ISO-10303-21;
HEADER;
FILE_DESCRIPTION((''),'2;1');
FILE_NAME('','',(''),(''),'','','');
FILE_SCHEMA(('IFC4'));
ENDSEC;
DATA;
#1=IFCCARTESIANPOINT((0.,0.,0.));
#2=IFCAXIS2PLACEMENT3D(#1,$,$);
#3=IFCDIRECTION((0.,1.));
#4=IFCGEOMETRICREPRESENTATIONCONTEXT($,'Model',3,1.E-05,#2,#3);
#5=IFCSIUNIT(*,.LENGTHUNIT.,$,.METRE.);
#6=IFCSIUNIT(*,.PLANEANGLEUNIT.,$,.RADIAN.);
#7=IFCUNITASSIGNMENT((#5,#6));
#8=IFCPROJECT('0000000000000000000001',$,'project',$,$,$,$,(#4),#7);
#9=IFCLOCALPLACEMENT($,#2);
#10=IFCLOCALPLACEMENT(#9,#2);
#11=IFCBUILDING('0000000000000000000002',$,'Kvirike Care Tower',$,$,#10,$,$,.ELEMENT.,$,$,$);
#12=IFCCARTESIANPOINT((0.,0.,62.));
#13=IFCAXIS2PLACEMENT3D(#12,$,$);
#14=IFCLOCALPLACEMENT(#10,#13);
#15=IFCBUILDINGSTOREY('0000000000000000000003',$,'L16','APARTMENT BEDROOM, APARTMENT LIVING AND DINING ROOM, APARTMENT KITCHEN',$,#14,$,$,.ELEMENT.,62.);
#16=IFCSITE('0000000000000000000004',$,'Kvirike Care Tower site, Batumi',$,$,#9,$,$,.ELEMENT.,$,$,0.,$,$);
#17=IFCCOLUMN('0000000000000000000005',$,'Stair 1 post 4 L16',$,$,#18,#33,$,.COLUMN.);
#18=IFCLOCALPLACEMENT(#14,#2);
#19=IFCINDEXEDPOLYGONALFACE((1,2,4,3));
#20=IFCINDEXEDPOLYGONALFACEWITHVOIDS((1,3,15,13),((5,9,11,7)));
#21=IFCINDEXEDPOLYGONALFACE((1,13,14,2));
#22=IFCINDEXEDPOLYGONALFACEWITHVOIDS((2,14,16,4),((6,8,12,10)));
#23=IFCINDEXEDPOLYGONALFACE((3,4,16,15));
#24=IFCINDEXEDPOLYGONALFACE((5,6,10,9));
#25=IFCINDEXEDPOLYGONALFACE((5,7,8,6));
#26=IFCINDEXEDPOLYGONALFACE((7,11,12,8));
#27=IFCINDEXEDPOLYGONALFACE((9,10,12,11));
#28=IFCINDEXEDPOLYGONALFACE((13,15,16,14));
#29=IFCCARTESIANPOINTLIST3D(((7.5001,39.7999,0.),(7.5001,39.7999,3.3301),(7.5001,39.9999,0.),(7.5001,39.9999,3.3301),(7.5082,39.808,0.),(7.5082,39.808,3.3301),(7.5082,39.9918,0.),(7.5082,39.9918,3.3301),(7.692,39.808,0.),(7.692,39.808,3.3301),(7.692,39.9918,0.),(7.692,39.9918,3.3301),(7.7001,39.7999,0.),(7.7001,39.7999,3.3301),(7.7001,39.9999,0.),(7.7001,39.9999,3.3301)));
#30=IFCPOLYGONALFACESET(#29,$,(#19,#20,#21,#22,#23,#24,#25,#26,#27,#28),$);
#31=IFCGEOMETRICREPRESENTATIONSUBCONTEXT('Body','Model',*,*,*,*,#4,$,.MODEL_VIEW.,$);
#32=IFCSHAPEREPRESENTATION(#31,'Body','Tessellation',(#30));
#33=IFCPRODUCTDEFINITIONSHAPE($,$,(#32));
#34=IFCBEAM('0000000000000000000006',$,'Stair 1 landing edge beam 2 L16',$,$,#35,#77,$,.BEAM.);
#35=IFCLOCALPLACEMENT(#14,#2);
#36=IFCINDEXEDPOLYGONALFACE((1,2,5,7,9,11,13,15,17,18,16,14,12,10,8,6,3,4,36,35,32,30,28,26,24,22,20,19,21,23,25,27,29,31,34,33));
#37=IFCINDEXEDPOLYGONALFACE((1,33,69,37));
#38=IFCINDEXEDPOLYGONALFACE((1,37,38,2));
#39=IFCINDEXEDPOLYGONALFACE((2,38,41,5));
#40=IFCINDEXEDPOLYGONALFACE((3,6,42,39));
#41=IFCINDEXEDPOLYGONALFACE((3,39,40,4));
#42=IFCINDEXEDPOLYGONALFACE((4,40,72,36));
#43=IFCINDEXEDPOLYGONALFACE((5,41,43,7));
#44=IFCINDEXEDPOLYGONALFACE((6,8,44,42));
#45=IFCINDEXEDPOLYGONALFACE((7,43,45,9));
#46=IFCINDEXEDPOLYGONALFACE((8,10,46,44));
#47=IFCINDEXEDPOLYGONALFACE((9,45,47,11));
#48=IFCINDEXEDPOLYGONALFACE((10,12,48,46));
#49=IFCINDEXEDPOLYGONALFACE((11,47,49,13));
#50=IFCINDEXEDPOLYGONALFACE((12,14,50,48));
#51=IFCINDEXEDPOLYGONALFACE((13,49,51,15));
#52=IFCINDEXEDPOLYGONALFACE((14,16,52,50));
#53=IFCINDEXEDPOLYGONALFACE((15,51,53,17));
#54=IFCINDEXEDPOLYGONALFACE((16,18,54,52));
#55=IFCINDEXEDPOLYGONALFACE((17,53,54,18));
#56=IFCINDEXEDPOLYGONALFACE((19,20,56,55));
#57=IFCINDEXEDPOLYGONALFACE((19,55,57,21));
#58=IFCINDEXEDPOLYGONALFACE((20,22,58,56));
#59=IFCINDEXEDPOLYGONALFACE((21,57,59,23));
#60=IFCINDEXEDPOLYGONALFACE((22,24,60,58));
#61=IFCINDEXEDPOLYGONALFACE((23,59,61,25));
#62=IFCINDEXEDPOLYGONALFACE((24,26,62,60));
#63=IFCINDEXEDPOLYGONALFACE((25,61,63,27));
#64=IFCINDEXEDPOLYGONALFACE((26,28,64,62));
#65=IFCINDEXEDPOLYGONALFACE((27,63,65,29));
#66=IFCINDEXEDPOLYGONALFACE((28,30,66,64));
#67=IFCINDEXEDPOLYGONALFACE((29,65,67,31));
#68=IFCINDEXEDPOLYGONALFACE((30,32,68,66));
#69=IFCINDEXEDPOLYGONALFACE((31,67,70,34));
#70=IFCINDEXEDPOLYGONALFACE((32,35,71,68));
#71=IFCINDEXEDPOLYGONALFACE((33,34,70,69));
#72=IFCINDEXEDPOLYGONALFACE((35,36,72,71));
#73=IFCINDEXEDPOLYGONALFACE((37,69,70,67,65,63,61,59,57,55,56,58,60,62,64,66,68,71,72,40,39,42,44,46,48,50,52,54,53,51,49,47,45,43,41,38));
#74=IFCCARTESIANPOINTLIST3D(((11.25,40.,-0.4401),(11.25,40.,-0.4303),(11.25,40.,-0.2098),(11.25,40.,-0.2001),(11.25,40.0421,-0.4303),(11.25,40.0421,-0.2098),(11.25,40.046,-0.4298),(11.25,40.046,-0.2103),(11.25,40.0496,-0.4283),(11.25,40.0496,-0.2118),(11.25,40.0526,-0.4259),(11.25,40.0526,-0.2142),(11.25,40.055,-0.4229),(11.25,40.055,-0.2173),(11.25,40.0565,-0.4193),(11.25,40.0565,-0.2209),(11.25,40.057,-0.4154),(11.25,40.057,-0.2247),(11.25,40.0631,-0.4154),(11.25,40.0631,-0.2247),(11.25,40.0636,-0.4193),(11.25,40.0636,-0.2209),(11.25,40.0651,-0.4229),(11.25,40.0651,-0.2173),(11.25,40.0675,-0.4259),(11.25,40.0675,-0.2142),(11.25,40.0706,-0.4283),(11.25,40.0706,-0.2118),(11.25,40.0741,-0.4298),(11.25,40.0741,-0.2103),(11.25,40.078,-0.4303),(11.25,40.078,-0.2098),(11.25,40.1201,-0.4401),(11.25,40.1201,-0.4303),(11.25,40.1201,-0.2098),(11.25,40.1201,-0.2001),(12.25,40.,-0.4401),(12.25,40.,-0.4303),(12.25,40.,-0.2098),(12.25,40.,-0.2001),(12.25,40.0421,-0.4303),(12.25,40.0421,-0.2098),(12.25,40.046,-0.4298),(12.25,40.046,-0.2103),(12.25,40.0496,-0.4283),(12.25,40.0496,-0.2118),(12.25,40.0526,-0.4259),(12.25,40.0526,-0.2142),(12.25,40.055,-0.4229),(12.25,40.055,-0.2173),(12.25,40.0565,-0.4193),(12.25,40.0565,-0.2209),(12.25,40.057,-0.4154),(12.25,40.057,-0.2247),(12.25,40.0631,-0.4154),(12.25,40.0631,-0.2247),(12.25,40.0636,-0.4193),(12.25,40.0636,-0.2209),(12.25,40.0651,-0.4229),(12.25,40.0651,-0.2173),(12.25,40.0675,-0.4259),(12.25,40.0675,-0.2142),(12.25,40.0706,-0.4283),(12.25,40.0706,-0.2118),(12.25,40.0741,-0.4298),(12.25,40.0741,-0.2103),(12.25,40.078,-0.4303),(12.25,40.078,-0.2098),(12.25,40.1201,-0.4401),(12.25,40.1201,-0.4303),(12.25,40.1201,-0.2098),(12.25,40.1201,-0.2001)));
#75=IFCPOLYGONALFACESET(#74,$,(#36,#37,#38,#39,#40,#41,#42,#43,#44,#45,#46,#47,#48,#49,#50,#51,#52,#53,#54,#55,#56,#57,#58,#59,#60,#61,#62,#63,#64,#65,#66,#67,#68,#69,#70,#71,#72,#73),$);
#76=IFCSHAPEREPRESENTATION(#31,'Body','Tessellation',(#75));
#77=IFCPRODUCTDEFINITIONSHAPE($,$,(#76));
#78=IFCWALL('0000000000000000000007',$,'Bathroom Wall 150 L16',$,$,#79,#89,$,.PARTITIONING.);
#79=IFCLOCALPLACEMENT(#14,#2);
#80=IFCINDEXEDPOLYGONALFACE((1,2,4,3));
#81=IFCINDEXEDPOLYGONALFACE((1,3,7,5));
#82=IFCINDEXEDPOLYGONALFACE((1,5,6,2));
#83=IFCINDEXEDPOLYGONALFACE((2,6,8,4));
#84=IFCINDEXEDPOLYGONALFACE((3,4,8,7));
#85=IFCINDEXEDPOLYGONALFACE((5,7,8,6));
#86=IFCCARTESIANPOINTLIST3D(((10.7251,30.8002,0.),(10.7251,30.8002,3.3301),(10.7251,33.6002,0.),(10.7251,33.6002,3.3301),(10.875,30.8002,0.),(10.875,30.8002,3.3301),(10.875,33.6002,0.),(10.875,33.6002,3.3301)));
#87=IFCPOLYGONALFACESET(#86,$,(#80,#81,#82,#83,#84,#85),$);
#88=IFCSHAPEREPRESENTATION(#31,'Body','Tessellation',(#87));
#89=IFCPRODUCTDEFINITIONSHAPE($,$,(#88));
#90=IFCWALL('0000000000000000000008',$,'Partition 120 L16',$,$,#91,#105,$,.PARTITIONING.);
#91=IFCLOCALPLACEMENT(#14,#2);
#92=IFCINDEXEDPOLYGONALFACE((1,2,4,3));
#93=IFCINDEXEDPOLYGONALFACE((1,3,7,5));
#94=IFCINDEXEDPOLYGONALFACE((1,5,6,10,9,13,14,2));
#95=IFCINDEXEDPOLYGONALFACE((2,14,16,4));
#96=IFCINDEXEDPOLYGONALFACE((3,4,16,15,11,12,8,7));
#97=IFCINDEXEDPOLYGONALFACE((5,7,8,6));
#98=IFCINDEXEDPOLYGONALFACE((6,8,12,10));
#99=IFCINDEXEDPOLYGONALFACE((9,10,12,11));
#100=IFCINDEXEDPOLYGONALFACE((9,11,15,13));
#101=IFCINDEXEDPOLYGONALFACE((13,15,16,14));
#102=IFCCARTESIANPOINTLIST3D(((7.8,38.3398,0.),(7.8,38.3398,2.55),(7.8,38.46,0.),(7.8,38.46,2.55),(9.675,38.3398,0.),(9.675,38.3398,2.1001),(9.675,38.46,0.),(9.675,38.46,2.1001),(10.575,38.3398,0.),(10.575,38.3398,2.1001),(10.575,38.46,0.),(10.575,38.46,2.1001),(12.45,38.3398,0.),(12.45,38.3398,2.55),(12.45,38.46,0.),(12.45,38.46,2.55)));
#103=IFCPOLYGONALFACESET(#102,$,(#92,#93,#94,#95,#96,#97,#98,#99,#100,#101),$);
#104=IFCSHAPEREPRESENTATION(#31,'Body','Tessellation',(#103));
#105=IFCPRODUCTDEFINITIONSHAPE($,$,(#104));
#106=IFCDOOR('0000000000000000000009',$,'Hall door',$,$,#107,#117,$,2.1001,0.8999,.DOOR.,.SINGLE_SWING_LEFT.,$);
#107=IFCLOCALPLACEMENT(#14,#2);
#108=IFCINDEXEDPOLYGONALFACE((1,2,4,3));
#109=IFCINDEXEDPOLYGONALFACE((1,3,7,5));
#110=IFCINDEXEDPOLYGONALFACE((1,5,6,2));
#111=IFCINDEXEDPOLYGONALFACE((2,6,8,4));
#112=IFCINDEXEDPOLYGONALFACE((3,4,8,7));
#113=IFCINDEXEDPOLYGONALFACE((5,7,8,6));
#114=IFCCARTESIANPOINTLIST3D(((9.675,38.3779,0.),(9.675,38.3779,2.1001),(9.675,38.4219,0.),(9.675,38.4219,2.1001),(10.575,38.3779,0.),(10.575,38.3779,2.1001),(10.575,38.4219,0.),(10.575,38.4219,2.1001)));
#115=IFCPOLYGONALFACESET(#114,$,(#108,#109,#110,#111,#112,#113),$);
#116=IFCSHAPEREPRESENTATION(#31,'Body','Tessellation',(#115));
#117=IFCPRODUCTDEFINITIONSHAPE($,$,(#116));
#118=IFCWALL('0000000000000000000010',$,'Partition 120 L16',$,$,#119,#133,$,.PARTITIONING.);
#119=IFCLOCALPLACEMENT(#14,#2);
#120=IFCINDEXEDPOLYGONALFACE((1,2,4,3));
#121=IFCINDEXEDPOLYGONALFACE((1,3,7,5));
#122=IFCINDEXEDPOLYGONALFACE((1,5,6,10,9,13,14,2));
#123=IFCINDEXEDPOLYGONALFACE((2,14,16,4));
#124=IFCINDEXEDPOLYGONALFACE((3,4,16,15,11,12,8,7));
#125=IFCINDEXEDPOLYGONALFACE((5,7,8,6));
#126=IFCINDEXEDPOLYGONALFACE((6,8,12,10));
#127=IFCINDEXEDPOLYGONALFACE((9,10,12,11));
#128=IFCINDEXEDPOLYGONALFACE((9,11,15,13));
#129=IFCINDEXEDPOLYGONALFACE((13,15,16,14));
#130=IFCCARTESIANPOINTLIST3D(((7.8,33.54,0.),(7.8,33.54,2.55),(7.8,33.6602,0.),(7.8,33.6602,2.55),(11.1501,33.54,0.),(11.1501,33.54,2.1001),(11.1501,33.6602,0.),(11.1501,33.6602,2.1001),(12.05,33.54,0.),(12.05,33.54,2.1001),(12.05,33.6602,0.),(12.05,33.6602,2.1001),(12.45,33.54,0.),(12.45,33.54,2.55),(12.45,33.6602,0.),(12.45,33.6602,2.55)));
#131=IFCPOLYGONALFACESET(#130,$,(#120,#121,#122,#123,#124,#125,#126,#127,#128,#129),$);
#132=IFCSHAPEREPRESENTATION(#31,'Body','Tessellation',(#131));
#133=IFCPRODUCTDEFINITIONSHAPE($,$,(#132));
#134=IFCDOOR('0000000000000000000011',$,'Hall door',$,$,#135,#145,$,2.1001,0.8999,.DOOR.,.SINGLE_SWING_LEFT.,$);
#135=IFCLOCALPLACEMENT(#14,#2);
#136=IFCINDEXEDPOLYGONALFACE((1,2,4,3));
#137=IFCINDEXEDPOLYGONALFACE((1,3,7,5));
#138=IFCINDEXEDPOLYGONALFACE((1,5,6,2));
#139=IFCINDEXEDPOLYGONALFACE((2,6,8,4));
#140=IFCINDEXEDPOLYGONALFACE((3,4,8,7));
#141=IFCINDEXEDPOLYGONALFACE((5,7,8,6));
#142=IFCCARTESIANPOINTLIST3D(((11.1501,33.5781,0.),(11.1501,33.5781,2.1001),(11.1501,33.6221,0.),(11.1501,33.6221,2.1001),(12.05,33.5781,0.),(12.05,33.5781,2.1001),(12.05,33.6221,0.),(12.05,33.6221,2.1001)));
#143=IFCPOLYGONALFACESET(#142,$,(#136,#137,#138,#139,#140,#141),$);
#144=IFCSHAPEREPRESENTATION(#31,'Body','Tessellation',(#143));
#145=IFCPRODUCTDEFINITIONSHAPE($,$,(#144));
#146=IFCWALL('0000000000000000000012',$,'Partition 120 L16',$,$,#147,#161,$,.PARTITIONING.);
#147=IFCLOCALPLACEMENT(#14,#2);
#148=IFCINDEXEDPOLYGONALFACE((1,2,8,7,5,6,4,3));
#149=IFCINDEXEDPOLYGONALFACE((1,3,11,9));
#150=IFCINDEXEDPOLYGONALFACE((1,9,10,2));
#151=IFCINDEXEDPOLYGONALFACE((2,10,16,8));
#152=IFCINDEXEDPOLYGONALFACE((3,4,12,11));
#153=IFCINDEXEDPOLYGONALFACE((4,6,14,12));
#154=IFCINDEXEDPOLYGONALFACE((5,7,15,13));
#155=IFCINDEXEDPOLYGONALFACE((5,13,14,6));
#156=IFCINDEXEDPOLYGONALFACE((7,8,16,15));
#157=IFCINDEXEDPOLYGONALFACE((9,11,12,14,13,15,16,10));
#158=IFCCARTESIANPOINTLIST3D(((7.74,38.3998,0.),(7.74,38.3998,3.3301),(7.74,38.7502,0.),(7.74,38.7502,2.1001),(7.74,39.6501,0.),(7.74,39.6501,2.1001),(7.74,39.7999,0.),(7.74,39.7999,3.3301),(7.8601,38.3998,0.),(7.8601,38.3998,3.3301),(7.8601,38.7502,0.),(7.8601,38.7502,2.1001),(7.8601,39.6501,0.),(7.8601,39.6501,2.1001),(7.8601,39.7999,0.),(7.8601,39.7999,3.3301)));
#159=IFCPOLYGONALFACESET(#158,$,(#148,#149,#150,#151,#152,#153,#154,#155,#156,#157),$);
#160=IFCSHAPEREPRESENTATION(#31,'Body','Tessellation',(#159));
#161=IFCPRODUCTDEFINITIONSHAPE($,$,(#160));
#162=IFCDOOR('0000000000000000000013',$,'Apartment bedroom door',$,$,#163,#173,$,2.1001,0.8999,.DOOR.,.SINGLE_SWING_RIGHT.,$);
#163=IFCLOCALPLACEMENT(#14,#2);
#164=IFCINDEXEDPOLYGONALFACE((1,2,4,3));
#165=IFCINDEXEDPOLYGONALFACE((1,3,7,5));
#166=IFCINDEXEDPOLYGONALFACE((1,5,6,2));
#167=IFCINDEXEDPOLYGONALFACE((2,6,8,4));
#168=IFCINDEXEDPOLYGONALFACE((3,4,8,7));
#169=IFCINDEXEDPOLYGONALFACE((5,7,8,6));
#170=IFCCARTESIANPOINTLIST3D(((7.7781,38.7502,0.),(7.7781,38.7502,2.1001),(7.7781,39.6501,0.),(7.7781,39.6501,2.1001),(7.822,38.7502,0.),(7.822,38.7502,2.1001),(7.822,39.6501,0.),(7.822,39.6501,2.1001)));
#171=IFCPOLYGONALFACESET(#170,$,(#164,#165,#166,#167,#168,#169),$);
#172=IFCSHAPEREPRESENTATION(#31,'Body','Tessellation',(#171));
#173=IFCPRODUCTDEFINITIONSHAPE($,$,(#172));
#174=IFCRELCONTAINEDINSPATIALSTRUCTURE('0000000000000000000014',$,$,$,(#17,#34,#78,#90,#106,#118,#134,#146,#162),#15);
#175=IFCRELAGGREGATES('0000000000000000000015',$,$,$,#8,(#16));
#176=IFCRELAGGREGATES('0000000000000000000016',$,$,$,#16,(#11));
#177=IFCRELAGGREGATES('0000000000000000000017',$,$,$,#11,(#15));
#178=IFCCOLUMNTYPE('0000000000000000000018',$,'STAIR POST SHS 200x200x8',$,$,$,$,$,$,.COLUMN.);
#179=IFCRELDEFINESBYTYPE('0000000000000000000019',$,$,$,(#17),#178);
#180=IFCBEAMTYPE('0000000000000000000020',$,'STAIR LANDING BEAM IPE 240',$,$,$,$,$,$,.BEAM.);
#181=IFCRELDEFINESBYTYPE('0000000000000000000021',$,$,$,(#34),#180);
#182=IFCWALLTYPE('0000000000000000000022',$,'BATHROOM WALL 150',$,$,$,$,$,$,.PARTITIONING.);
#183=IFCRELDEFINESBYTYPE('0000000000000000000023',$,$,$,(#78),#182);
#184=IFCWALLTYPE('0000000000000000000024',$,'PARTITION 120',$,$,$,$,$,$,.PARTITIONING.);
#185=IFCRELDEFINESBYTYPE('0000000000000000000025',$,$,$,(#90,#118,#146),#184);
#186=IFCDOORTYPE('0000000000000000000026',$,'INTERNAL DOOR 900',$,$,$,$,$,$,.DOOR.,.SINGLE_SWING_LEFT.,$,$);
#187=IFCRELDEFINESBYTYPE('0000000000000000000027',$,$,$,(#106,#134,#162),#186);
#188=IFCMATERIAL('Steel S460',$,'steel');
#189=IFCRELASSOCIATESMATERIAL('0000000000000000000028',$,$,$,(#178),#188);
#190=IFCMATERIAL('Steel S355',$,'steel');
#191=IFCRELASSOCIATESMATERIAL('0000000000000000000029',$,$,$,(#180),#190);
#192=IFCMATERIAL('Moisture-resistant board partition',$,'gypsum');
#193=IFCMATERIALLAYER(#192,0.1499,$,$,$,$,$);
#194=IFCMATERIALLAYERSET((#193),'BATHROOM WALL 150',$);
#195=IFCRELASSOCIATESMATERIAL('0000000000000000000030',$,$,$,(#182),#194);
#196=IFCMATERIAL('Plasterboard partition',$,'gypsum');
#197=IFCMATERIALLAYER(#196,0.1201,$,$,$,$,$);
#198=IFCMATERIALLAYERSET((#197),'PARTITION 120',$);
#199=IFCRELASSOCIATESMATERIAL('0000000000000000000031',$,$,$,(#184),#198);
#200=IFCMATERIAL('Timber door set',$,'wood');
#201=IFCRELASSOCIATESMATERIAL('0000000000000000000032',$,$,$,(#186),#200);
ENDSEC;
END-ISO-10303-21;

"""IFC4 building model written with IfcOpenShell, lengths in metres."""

from ifc_helpers import new_model, si_unit, direction, frame, frame_2d, origin, origin_2d, place, context, subcontext, project, spatial, rectangle, hollow_rectangle, i_section, extrude, material, layer, layer_set, material_profile, profile_set, type_object, element, fill, save


model = new_model("IFC4")

# Units and contexts
model_context = context("Model", 3, precision=1e-05, world=origin(), true_north=direction((0.0, 1.0)))
body_context = subcontext(model_context, "Body", "Model", "MODEL_VIEW")
ifc_project = project(units=[si_unit("LENGTHUNIT", "METRE"), si_unit("PLANEANGLEUNIT", "RADIAN")], contexts=[model_context])

# Site, building, storey
site_placement = place(None, origin())
site = spatial("IfcSite", under=ifc_project, at=site_placement, Name="Kvirike Care Tower site, Batumi", CompositionType="ELEMENT", RefElevation=0.0)
building_placement = place(site_placement, origin())
building = spatial("IfcBuilding", under=site, at=building_placement, Name="Kvirike Care Tower", CompositionType="ELEMENT")
storey_placement = place(building_placement, frame((0.0, 0.0, 62.0)))
storey = spatial("IfcBuildingStorey", under=building, at=storey_placement, Name="L16", Description="APARTMENT BEDROOM, APARTMENT LIVING AND DINING ROOM, APARTMENT KITCHEN", CompositionType="ELEMENT", Elevation=62.0)

# Column
ifc_material_1 = material(Name="Steel S460", Category="steel")
ifc_material_profile_1 = material_profile(ifc_material_1, hollow_rectangle(XDim=0.2, YDim=0.2, WallThickness=0.0081, at=origin_2d()), Name="SHS 200x200x8")
ifc_profile_set_1 = profile_set([ifc_material_profile_1], Name="Steel S460")
column_type = type_object("IfcColumnType", Name="STAIR POST SHS 200x200x8", PredefinedType="COLUMN", material=ifc_profile_set_1)
column_placement = place(storey_placement, frame((7.6001, 39.8999, 0.0), z_axis=(0.0, 0.0, 1.0), x_axis=(1.0, 0.0, 0.0)))
element("IfcColumn", 1, at=column_placement, inside=storey, type_object=column_type, Name="Stair 1 post 4 L16", PredefinedType="COLUMN", context=body_context, shape_type="SweptSolid", body=[
    extrude(hollow_rectangle(XDim=0.2, YDim=0.2, WallThickness=0.0081, at=origin_2d()), origin(), (0.0, 0.0, 1.0), 3.3301),
])

# Beam
ifc_material_2 = material(Name="Steel S355", Category="steel")
ifc_material_profile_2 = material_profile(ifc_material_2, i_section(OverallWidth=0.1201, OverallDepth=0.24, WebThickness=0.0061, FlangeThickness=0.0098, FilletRadius=0.0149, at=origin_2d()), Name="IPE 240")
ifc_profile_set_2 = profile_set([ifc_material_profile_2], Name="Steel S355")
beam_type = type_object("IfcBeamType", Name="STAIR LANDING BEAM IPE 240", PredefinedType="BEAM", material=ifc_profile_set_2)
beam_placement = place(storey_placement, frame((11.25, 40.0601, -0.3201), z_axis=(1.0, 0.0, 0.0), x_axis=(0.0, 1.0, 0.0)))
element("IfcBeam", 2, at=beam_placement, inside=storey, type_object=beam_type, Name="Stair 1 landing edge beam 2 L16", PredefinedType="BEAM", context=body_context, shape_type="SweptSolid", body=[
    extrude(i_section(OverallWidth=0.1201, OverallDepth=0.24, WebThickness=0.0061, FlangeThickness=0.0098, FilletRadius=0.0149, at=origin_2d()), origin(), (0.0, 0.0, 1.0), 1.0),
])

# Wall
ifc_material_3 = material(Name="Moisture-resistant board partition", Category="gypsum")
ifc_layer_1 = layer(ifc_material_3, 0.1499)
ifc_layer_set_1 = layer_set([ifc_layer_1], Name="BATHROOM WALL 150")
wall_type_1 = type_object("IfcWallType", Name="BATHROOM WALL 150", PredefinedType="PARTITIONING", material=ifc_layer_set_1)
wall_1_placement = place(storey_placement, frame((10.8, 33.6001, 0.0), z_axis=(0.0, 0.0, 1.0), x_axis=(0.0, -1.0, 0.0)))
element("IfcWall", 3, at=wall_1_placement, inside=storey, type_object=wall_type_1, Name="Bathroom Wall 150 L16", PredefinedType="PARTITIONING", context=body_context, shape_type="SweptSolid", body=[
    extrude(rectangle(XDim=2.8, YDim=0.1499, at=frame_2d((1.3999, 0.0))), origin(), (0.0, 0.0, 1.0), 3.3301),
])

# Walls, openings, doors
ifc_material_4 = material(Name="Plasterboard partition", Category="gypsum")
ifc_layer_2 = layer(ifc_material_4, 0.1201)
ifc_layer_set_2 = layer_set([ifc_layer_2], Name="PARTITION 120")
wall_type_2 = type_object("IfcWallType", Name="PARTITION 120", PredefinedType="PARTITIONING", material=ifc_layer_set_2)
wall_2_placement = place(storey_placement, frame((7.8, 38.3999, 0.0), z_axis=(0.0, 0.0, 1.0), x_axis=(1.0, 0.0, 0.0)))
wall_2 = element("IfcWall", 4, at=wall_2_placement, inside=storey, type_object=wall_type_2, Name="Partition 120 L16", PredefinedType="PARTITIONING", context=body_context, shape_type="SweptSolid", body=[
    extrude(rectangle(XDim=4.6499, YDim=0.1201, at=frame_2d((2.325, 0.0))), origin(), (0.0, 0.0, 1.0), 2.55),
])
opening_1_placement = place(wall_2_placement, frame((1.875, 0.0, 0.0)))
opening_1 = element("IfcOpeningElement", 5, at=opening_1_placement, cuts=wall_2, PredefinedType="OPENING", context=body_context, shape_type="SweptSolid", body=[
    extrude(rectangle(XDim=0.8999, YDim=2.1001, at=frame_2d((0.45, 1.05))), frame((0.0, 0.0706, 0.0), z_axis=(0.0, -1.0, 0.0), x_axis=(1.0, 0.0, 0.0)), (0.0, 0.0, 1.0), 0.1411),
])
ifc_material_5 = material(Name="Timber door set", Category="wood")
door_type_1 = type_object("IfcDoorType", Name="INTERNAL DOOR 900", OperationType="SINGLE_SWING_LEFT", PredefinedType="DOOR", material=ifc_material_5)
door_1_placement = place(opening_1_placement, origin())
door_1 = element("IfcDoor", 6, at=door_1_placement, inside=storey, type_object=door_type_1, Name="Hall door", OperationType="SINGLE_SWING_LEFT", OverallHeight=2.1001, OverallWidth=0.8999, PredefinedType="DOOR", context=body_context, shape_type="SweptSolid", body=[
    extrude(rectangle(XDim=0.8999, YDim=2.1001, at=frame_2d((0.45, 1.05))), frame((0.0, 0.022, 0.0), z_axis=(0.0, -1.0, 0.0), x_axis=(1.0, 0.0, 0.0)), (0.0, 0.0, 1.0), 0.0439),
])
fill(opening_1, door_1)
wall_3_placement = place(storey_placement, frame((7.8, 33.6001, 0.0), z_axis=(0.0, 0.0, 1.0), x_axis=(1.0, 0.0, 0.0)))
wall_3 = element("IfcWall", 7, at=wall_3_placement, inside=storey, type_object=wall_type_2, Name="Partition 120 L16", PredefinedType="PARTITIONING", context=body_context, shape_type="SweptSolid", body=[
    extrude(rectangle(XDim=4.6499, YDim=0.1201, at=frame_2d((2.325, 0.0))), origin(), (0.0, 0.0, 1.0), 2.55),
])
opening_2_placement = place(wall_3_placement, frame((3.3501, 0.0, 0.0)))
opening_2 = element("IfcOpeningElement", 8, at=opening_2_placement, cuts=wall_3, PredefinedType="OPENING", context=body_context, shape_type="SweptSolid", body=[
    extrude(rectangle(XDim=0.8999, YDim=2.1001, at=frame_2d((0.45, 1.05))), frame((0.0, 0.0706, 0.0), z_axis=(0.0, -1.0, 0.0), x_axis=(1.0, 0.0, 0.0)), (0.0, 0.0, 1.0), 0.1411),
])
door_2_placement = place(opening_2_placement, origin())
door_2 = element("IfcDoor", 9, at=door_2_placement, inside=storey, type_object=door_type_1, Name="Hall door", OperationType="SINGLE_SWING_LEFT", OverallHeight=2.1001, OverallWidth=0.8999, PredefinedType="DOOR", context=body_context, shape_type="SweptSolid", body=[
    extrude(rectangle(XDim=0.8999, YDim=2.1001, at=frame_2d((0.45, 1.05))), frame((0.0, 0.022, 0.0), z_axis=(0.0, -1.0, 0.0), x_axis=(1.0, 0.0, 0.0)), (0.0, 0.0, 1.0), 0.0439),
])
fill(opening_2, door_2)
wall_4_placement = place(storey_placement, frame((7.8, 39.8, 0.0), z_axis=(0.0, 0.0, 1.0), x_axis=(0.0, -1.0, 0.0)))
wall_4 = element("IfcWall", 10, at=wall_4_placement, inside=storey, type_object=wall_type_2, Name="Partition 120 L16", PredefinedType="PARTITIONING", context=body_context, shape_type="SweptSolid", body=[
    extrude(rectangle(XDim=1.4001, YDim=0.1201, at=frame_2d((0.7002, 0.0))), origin(), (0.0, 0.0, 1.0), 3.3301),
])
opening_3_placement = place(wall_4_placement, frame((0.1499, 0.0, 0.0)))
opening_3 = element("IfcOpeningElement", 11, at=opening_3_placement, cuts=wall_4, PredefinedType="OPENING", context=body_context, shape_type="SweptSolid", body=[
    extrude(rectangle(XDim=0.8999, YDim=2.1001, at=frame_2d((0.45, 1.05))), frame((0.0, 0.0706, 0.0), z_axis=(0.0, -1.0, 0.0), x_axis=(1.0, 0.0, 0.0)), (0.0, 0.0, 1.0), 0.1411),
])
door_3_placement = place(opening_3_placement, origin())
door_3 = element("IfcDoor", 12, at=door_3_placement, inside=storey, type_object=door_type_1, Name="Apartment bedroom door", OperationType="SINGLE_SWING_RIGHT", OverallHeight=2.1001, OverallWidth=0.8999, PredefinedType="DOOR", context=body_context, shape_type="SweptSolid", body=[
    extrude(rectangle(XDim=0.8999, YDim=2.1001, at=frame_2d((0.45, 1.05))), frame((0.0, 0.022, 0.0), z_axis=(0.0, -1.0, 0.0), x_axis=(1.0, 0.0, 0.0)), (0.0, 0.0, 1.0), 0.0439),
])
fill(opening_3, door_3)

save(model, "model.ifc")
